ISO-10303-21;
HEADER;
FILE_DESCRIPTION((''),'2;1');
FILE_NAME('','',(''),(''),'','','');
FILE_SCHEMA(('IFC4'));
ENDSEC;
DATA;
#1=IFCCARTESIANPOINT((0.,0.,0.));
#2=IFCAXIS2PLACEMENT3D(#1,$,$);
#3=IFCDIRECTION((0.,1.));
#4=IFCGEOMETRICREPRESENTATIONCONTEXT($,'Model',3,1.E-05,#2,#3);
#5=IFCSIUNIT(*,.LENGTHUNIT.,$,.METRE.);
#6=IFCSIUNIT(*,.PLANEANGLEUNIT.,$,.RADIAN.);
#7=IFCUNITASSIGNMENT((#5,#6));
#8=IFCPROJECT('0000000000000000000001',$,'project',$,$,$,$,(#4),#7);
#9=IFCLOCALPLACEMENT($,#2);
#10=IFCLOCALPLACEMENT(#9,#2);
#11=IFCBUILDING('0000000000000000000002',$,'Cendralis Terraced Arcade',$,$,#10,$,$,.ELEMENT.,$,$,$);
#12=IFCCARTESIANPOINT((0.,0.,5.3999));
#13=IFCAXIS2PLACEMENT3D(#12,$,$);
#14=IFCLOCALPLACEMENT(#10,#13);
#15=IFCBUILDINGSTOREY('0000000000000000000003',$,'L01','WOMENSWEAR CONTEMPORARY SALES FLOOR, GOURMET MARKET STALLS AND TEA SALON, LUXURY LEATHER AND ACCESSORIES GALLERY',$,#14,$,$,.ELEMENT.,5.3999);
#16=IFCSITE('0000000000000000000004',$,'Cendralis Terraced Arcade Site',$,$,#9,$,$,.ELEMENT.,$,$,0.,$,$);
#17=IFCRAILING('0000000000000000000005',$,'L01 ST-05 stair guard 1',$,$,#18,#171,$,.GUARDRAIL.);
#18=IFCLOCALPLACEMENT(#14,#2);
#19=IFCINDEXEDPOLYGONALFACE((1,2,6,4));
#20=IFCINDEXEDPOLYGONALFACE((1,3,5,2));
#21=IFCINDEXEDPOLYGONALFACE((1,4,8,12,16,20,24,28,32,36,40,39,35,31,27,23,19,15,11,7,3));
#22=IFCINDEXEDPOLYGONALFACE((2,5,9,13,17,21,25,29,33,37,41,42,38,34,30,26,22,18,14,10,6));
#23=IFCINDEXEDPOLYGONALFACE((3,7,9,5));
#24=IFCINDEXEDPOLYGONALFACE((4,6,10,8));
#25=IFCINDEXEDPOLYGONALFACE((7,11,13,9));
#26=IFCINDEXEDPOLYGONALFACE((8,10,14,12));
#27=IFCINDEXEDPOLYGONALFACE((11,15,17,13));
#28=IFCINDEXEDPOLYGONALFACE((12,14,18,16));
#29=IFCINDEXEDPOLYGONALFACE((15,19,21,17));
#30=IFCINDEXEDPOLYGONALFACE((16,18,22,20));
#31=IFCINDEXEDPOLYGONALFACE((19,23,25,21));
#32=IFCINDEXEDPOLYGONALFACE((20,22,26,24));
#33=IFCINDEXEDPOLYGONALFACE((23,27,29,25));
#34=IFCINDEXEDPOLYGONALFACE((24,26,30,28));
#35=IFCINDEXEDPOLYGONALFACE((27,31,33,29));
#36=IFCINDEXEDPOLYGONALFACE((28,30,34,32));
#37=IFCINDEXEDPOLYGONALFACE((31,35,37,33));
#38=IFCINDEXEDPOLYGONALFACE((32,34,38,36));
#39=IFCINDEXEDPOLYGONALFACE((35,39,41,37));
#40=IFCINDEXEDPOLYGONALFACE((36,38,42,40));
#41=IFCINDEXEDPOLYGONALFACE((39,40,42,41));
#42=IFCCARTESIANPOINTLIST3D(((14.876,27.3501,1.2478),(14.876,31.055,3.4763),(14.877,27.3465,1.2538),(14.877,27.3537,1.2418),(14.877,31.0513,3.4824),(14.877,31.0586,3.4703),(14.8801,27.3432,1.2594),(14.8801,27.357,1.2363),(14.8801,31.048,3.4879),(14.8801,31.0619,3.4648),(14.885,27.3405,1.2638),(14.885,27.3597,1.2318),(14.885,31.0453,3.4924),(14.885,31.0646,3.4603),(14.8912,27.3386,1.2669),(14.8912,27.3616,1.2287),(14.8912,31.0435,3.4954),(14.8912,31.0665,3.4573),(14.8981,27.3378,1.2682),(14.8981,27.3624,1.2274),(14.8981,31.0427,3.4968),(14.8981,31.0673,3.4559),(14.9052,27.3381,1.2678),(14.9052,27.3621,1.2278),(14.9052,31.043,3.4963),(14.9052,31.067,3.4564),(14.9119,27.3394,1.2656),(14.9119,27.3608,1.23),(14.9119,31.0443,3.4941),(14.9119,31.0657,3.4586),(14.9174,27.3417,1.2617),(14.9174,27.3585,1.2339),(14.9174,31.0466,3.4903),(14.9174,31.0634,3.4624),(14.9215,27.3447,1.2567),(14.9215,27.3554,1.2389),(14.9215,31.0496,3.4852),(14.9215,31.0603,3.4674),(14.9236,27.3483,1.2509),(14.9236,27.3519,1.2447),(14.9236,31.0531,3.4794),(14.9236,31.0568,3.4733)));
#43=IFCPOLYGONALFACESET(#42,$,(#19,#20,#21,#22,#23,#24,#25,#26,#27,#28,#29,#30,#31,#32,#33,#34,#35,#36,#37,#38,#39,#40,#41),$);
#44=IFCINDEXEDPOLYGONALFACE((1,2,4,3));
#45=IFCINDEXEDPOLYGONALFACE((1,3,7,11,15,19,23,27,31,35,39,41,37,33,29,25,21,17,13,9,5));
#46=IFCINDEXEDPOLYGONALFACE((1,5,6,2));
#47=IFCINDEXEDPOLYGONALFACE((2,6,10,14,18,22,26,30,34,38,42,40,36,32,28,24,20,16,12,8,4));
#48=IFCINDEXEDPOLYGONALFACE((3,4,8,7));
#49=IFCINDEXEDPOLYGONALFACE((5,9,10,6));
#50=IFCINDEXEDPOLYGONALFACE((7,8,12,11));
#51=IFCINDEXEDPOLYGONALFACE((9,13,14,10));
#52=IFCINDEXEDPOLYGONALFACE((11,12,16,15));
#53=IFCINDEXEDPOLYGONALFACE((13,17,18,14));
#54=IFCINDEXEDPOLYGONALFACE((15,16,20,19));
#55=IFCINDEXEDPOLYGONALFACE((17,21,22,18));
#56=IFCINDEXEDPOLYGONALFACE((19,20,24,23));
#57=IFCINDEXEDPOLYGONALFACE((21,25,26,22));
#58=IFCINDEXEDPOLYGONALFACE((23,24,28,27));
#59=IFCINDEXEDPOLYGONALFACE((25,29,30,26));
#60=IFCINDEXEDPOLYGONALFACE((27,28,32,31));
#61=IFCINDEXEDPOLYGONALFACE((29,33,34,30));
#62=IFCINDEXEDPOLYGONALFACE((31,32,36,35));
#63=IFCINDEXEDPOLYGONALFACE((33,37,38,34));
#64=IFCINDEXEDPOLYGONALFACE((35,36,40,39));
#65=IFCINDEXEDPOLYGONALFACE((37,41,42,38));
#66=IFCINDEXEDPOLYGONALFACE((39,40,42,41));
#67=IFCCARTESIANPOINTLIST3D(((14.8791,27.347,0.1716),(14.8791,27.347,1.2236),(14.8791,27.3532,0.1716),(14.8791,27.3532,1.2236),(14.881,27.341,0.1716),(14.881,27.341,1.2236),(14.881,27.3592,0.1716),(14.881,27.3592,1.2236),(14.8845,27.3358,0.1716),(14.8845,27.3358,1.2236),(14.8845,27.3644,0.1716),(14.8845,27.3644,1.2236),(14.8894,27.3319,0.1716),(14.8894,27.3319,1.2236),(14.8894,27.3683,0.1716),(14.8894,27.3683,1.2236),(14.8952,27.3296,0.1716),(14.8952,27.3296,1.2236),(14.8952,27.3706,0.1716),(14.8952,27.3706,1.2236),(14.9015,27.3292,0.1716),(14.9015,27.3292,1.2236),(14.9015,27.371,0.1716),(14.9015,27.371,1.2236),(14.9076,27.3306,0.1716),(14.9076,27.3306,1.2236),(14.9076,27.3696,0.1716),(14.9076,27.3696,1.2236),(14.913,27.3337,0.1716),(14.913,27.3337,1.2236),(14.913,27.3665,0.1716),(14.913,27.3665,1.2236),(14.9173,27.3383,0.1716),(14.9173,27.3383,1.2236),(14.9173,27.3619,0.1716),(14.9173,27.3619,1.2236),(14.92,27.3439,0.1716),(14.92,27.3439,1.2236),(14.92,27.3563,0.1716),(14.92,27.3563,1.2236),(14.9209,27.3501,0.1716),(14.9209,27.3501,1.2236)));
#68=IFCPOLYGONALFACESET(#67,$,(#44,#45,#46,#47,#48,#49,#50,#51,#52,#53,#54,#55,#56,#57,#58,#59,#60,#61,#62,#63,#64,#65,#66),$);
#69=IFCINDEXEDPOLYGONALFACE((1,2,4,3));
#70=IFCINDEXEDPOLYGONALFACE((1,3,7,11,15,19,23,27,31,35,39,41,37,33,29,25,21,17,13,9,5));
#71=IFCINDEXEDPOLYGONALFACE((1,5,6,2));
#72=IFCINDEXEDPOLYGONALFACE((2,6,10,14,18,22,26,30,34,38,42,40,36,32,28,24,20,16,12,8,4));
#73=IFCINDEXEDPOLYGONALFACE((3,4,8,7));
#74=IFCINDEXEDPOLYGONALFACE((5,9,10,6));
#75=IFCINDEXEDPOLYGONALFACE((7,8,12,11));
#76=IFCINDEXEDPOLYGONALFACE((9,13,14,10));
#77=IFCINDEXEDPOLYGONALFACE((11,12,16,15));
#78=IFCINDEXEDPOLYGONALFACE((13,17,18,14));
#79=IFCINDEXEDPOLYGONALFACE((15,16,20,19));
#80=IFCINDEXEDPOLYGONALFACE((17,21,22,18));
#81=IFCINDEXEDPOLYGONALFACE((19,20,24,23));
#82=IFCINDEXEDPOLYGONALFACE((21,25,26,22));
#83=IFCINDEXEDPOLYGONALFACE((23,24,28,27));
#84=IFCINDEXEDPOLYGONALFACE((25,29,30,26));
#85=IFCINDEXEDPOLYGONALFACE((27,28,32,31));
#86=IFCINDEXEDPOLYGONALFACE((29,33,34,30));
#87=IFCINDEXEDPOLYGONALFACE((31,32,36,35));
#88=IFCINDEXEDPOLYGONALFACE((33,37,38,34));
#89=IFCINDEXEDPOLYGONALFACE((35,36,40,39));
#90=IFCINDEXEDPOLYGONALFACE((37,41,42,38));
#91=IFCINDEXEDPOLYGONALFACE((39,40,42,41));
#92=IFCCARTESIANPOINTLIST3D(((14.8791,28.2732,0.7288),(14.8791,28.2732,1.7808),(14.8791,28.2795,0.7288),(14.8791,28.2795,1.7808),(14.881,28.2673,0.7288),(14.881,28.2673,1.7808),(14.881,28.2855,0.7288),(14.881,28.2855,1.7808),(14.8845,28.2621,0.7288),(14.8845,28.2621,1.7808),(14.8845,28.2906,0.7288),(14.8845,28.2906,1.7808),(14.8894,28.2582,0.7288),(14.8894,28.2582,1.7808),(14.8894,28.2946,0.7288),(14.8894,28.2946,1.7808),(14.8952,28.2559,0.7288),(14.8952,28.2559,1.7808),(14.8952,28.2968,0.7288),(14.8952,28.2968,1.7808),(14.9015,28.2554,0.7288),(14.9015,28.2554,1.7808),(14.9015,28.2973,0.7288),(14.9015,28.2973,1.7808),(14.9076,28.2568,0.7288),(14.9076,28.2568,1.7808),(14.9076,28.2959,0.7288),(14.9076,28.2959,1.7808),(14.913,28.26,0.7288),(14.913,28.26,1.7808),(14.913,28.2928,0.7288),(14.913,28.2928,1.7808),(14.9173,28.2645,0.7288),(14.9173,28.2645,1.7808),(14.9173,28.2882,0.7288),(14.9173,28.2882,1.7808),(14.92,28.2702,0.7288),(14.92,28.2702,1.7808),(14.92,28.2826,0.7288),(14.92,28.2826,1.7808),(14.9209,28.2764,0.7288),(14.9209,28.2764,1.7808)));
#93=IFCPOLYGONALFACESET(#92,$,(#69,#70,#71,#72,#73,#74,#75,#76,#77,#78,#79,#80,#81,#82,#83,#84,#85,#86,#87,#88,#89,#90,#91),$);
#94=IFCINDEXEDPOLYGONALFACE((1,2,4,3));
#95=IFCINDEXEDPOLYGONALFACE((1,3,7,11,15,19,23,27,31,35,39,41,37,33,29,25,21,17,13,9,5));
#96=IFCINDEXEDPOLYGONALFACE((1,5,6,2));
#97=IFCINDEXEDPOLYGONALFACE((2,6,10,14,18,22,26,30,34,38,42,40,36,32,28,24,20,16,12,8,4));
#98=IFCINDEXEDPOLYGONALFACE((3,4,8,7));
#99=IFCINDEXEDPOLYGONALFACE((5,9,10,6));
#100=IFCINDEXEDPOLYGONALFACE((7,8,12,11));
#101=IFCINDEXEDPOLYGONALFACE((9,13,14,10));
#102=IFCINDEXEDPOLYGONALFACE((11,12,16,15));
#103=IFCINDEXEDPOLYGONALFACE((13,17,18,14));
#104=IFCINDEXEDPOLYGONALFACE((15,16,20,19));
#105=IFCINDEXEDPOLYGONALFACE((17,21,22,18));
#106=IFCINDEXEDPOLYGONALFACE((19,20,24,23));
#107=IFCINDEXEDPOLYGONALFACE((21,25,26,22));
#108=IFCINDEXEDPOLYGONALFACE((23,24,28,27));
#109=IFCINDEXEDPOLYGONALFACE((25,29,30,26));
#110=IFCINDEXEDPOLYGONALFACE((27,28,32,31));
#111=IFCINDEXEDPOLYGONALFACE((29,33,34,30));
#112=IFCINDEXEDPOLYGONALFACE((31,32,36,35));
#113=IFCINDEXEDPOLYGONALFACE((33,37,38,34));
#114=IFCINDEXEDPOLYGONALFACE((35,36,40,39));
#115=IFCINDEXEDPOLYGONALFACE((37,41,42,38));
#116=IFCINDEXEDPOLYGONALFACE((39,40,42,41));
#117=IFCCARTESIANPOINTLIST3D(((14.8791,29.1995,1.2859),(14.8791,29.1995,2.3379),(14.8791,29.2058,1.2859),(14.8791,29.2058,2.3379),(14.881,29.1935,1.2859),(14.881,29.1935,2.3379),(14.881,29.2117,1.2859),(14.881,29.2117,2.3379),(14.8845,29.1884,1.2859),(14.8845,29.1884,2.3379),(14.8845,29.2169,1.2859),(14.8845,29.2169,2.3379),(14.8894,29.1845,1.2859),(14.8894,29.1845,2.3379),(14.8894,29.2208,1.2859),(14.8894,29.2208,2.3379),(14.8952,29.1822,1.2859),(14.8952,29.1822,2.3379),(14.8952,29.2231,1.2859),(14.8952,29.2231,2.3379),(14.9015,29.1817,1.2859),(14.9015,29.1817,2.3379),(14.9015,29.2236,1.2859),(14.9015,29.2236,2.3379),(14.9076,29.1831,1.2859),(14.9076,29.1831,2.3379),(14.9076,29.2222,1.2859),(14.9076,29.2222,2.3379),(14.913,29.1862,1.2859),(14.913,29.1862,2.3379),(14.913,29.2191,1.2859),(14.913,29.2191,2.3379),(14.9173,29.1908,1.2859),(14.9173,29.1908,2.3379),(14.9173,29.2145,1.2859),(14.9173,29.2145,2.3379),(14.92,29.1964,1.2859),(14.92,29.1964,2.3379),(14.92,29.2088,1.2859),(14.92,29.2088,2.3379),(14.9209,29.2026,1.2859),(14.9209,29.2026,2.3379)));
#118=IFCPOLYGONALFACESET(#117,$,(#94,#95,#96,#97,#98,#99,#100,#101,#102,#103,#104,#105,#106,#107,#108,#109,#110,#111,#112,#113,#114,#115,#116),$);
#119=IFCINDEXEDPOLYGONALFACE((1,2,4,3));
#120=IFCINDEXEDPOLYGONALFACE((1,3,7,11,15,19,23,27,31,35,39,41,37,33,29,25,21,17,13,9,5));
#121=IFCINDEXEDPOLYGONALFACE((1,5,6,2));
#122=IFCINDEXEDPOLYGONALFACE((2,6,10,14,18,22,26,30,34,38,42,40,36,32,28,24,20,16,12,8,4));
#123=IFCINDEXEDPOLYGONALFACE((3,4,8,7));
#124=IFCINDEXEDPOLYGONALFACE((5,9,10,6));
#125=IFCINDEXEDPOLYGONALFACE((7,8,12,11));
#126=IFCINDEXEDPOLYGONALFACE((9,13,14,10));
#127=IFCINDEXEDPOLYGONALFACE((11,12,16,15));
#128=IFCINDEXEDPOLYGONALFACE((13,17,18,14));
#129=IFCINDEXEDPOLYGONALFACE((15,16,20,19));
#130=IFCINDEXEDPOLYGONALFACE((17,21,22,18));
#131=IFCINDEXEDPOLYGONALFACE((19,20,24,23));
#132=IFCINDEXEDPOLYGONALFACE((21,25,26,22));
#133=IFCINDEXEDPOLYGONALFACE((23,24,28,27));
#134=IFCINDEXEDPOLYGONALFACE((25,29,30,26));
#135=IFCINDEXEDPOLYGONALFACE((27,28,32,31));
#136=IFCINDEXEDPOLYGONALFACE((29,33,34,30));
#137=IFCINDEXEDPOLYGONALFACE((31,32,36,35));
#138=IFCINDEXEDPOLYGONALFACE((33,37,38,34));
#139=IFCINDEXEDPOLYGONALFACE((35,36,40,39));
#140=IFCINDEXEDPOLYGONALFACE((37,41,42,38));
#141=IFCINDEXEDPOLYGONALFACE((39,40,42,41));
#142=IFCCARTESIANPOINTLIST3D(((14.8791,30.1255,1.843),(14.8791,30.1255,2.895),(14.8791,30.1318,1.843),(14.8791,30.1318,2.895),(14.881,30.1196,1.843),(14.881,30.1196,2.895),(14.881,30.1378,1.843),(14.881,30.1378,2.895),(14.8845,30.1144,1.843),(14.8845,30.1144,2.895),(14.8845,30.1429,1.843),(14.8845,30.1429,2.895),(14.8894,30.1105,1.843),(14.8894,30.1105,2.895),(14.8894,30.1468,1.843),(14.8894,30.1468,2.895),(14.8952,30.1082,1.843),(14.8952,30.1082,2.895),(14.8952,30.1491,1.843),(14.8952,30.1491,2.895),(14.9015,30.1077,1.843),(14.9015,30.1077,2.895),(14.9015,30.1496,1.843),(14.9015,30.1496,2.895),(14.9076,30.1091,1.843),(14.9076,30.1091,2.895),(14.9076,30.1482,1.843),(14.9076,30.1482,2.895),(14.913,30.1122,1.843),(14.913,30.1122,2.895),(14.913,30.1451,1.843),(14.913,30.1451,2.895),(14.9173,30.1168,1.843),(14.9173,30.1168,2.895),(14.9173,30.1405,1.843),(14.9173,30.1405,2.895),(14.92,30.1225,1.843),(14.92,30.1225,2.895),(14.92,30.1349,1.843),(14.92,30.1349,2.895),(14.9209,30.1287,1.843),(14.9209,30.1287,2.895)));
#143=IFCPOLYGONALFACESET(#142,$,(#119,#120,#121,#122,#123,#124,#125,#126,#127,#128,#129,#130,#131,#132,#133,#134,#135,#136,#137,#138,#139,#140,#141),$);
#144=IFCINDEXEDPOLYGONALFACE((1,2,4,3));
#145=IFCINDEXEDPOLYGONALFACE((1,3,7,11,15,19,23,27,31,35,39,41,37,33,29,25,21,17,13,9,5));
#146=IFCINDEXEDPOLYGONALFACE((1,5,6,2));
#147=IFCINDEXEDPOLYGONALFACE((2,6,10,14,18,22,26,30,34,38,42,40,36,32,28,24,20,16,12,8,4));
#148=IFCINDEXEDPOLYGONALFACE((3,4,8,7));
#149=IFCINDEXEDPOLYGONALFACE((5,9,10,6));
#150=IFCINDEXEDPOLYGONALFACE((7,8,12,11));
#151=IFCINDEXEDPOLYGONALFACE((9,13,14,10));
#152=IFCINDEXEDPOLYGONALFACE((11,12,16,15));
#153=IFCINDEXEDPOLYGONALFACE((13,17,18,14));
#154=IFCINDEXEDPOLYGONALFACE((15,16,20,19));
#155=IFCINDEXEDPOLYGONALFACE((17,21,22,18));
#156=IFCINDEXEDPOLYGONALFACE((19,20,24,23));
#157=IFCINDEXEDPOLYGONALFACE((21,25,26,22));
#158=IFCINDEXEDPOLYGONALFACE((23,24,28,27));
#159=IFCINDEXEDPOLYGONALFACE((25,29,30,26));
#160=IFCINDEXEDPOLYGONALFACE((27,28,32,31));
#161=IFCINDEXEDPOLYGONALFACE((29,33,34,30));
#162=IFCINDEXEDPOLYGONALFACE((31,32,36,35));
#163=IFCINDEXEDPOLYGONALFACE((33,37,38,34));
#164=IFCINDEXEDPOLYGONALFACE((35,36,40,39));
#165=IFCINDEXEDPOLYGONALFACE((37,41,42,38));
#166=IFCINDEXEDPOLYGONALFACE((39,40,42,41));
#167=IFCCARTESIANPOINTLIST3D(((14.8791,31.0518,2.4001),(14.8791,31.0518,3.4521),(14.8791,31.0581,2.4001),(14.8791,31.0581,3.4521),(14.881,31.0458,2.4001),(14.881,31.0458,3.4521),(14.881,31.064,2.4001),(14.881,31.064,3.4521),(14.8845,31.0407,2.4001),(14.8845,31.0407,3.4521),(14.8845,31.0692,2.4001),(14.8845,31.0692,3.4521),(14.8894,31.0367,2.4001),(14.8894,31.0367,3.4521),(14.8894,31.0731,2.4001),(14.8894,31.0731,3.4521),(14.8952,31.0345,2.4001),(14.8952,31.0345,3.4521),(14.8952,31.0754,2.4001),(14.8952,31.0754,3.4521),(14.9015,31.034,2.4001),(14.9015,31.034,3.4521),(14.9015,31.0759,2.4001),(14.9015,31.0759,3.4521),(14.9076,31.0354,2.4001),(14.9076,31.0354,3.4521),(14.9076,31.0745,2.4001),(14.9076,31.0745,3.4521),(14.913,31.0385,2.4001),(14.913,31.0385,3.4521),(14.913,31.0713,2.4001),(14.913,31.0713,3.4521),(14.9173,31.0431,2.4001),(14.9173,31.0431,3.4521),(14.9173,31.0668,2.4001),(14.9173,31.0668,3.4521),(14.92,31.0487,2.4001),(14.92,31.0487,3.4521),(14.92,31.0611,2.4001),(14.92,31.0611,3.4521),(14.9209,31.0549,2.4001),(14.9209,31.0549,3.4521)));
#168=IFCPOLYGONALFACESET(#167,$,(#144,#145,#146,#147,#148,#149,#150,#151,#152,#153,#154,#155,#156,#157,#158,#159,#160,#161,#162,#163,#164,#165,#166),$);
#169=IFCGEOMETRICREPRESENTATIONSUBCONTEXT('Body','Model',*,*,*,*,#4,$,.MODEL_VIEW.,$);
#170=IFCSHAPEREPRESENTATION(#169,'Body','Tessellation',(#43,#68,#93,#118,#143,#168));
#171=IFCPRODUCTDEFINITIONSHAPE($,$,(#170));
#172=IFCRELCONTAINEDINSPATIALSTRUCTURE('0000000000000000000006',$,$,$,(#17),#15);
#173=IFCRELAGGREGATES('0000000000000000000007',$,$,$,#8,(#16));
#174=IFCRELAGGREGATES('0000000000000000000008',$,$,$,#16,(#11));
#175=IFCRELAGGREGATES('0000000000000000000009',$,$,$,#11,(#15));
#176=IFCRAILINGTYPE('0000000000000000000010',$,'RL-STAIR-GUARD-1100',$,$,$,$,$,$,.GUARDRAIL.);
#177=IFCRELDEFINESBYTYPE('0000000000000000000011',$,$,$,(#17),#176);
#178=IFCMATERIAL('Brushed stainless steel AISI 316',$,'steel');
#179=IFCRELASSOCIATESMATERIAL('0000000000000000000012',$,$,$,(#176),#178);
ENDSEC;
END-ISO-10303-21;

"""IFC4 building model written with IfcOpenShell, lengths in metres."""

from ifc_helpers import new_model, si_unit, direction, frame, origin, origin_2d, place, context, subcontext, project, spatial, circle, extrude, material, type_object, element, save


model = new_model("IFC4")

# Units and contexts
model_context = context("Model", 3, precision=1e-05, world=origin(), true_north=direction((0.0, 1.0)))
body_context = subcontext(model_context, "Body", "Model", "MODEL_VIEW")
ifc_project = project(units=[si_unit("LENGTHUNIT", "METRE"), si_unit("PLANEANGLEUNIT", "RADIAN")], contexts=[model_context])

# Site, building, storey
site_placement = place(None, origin())
site = spatial("IfcSite", under=ifc_project, at=site_placement, Name="Cendralis Terraced Arcade Site", CompositionType="ELEMENT", RefElevation=0.0)
building_placement = place(site_placement, origin())
building = spatial("IfcBuilding", under=site, at=building_placement, Name="Cendralis Terraced Arcade", CompositionType="ELEMENT")
storey_placement = place(building_placement, frame((0.0, 0.0, 5.3999)))
storey = spatial("IfcBuildingStorey", under=building, at=storey_placement, Name="L01", Description="WOMENSWEAR CONTEMPORARY SALES FLOOR, GOURMET MARKET STALLS AND TEA SALON, LUXURY LEATHER AND ACCESSORIES GALLERY", CompositionType="ELEMENT", Elevation=5.3999)

# Railing
ifc_material_1 = material(Name="Brushed stainless steel AISI 316", Category="steel")
railing_type_1 = type_object("IfcRailingType", Name="RL-STAIR-GUARD-1100", PredefinedType="GUARDRAIL", material=ifc_material_1)
railing_1_placement = place(storey_placement, frame((14.8999, 27.3501, 0.1716)))
element("IfcRailing", 1, at=railing_1_placement, inside=storey, type_object=railing_type_1, Name="L01 ST-05 stair guard 1", PredefinedType="GUARDRAIL", context=body_context, shape_type="SweptSolid", body=[
    extrude(circle(Radius=0.0239, at=origin_2d()), frame((0.0, 0.0, 1.0762), z_axis=(0.0, 0.856919, 0.51545), x_axis=(-1.0, 0.0, 0.0)), (0.0, 0.0, 1.0), 4.3235),
    extrude(circle(Radius=0.021, at=origin_2d()), origin(), (0.0, 0.0, 1.0), 1.052),
    extrude(circle(Radius=0.021, at=origin_2d()), frame((0.0, 0.9263, 0.5571)), (0.0, 0.0, 1.0), 1.052),
    extrude(circle(Radius=0.021, at=origin_2d()), frame((0.0, 1.8525, 1.1143)), (0.0, 0.0, 1.0), 1.052),
    extrude(circle(Radius=0.021, at=origin_2d()), frame((0.0, 2.7786, 1.6714)), (0.0, 0.0, 1.0), 1.052),
    extrude(circle(Radius=0.021, at=origin_2d()), frame((0.0, 3.7048, 2.2285)), (0.0, 0.0, 1.0), 1.052),
])

save(model, "model.ifc")
